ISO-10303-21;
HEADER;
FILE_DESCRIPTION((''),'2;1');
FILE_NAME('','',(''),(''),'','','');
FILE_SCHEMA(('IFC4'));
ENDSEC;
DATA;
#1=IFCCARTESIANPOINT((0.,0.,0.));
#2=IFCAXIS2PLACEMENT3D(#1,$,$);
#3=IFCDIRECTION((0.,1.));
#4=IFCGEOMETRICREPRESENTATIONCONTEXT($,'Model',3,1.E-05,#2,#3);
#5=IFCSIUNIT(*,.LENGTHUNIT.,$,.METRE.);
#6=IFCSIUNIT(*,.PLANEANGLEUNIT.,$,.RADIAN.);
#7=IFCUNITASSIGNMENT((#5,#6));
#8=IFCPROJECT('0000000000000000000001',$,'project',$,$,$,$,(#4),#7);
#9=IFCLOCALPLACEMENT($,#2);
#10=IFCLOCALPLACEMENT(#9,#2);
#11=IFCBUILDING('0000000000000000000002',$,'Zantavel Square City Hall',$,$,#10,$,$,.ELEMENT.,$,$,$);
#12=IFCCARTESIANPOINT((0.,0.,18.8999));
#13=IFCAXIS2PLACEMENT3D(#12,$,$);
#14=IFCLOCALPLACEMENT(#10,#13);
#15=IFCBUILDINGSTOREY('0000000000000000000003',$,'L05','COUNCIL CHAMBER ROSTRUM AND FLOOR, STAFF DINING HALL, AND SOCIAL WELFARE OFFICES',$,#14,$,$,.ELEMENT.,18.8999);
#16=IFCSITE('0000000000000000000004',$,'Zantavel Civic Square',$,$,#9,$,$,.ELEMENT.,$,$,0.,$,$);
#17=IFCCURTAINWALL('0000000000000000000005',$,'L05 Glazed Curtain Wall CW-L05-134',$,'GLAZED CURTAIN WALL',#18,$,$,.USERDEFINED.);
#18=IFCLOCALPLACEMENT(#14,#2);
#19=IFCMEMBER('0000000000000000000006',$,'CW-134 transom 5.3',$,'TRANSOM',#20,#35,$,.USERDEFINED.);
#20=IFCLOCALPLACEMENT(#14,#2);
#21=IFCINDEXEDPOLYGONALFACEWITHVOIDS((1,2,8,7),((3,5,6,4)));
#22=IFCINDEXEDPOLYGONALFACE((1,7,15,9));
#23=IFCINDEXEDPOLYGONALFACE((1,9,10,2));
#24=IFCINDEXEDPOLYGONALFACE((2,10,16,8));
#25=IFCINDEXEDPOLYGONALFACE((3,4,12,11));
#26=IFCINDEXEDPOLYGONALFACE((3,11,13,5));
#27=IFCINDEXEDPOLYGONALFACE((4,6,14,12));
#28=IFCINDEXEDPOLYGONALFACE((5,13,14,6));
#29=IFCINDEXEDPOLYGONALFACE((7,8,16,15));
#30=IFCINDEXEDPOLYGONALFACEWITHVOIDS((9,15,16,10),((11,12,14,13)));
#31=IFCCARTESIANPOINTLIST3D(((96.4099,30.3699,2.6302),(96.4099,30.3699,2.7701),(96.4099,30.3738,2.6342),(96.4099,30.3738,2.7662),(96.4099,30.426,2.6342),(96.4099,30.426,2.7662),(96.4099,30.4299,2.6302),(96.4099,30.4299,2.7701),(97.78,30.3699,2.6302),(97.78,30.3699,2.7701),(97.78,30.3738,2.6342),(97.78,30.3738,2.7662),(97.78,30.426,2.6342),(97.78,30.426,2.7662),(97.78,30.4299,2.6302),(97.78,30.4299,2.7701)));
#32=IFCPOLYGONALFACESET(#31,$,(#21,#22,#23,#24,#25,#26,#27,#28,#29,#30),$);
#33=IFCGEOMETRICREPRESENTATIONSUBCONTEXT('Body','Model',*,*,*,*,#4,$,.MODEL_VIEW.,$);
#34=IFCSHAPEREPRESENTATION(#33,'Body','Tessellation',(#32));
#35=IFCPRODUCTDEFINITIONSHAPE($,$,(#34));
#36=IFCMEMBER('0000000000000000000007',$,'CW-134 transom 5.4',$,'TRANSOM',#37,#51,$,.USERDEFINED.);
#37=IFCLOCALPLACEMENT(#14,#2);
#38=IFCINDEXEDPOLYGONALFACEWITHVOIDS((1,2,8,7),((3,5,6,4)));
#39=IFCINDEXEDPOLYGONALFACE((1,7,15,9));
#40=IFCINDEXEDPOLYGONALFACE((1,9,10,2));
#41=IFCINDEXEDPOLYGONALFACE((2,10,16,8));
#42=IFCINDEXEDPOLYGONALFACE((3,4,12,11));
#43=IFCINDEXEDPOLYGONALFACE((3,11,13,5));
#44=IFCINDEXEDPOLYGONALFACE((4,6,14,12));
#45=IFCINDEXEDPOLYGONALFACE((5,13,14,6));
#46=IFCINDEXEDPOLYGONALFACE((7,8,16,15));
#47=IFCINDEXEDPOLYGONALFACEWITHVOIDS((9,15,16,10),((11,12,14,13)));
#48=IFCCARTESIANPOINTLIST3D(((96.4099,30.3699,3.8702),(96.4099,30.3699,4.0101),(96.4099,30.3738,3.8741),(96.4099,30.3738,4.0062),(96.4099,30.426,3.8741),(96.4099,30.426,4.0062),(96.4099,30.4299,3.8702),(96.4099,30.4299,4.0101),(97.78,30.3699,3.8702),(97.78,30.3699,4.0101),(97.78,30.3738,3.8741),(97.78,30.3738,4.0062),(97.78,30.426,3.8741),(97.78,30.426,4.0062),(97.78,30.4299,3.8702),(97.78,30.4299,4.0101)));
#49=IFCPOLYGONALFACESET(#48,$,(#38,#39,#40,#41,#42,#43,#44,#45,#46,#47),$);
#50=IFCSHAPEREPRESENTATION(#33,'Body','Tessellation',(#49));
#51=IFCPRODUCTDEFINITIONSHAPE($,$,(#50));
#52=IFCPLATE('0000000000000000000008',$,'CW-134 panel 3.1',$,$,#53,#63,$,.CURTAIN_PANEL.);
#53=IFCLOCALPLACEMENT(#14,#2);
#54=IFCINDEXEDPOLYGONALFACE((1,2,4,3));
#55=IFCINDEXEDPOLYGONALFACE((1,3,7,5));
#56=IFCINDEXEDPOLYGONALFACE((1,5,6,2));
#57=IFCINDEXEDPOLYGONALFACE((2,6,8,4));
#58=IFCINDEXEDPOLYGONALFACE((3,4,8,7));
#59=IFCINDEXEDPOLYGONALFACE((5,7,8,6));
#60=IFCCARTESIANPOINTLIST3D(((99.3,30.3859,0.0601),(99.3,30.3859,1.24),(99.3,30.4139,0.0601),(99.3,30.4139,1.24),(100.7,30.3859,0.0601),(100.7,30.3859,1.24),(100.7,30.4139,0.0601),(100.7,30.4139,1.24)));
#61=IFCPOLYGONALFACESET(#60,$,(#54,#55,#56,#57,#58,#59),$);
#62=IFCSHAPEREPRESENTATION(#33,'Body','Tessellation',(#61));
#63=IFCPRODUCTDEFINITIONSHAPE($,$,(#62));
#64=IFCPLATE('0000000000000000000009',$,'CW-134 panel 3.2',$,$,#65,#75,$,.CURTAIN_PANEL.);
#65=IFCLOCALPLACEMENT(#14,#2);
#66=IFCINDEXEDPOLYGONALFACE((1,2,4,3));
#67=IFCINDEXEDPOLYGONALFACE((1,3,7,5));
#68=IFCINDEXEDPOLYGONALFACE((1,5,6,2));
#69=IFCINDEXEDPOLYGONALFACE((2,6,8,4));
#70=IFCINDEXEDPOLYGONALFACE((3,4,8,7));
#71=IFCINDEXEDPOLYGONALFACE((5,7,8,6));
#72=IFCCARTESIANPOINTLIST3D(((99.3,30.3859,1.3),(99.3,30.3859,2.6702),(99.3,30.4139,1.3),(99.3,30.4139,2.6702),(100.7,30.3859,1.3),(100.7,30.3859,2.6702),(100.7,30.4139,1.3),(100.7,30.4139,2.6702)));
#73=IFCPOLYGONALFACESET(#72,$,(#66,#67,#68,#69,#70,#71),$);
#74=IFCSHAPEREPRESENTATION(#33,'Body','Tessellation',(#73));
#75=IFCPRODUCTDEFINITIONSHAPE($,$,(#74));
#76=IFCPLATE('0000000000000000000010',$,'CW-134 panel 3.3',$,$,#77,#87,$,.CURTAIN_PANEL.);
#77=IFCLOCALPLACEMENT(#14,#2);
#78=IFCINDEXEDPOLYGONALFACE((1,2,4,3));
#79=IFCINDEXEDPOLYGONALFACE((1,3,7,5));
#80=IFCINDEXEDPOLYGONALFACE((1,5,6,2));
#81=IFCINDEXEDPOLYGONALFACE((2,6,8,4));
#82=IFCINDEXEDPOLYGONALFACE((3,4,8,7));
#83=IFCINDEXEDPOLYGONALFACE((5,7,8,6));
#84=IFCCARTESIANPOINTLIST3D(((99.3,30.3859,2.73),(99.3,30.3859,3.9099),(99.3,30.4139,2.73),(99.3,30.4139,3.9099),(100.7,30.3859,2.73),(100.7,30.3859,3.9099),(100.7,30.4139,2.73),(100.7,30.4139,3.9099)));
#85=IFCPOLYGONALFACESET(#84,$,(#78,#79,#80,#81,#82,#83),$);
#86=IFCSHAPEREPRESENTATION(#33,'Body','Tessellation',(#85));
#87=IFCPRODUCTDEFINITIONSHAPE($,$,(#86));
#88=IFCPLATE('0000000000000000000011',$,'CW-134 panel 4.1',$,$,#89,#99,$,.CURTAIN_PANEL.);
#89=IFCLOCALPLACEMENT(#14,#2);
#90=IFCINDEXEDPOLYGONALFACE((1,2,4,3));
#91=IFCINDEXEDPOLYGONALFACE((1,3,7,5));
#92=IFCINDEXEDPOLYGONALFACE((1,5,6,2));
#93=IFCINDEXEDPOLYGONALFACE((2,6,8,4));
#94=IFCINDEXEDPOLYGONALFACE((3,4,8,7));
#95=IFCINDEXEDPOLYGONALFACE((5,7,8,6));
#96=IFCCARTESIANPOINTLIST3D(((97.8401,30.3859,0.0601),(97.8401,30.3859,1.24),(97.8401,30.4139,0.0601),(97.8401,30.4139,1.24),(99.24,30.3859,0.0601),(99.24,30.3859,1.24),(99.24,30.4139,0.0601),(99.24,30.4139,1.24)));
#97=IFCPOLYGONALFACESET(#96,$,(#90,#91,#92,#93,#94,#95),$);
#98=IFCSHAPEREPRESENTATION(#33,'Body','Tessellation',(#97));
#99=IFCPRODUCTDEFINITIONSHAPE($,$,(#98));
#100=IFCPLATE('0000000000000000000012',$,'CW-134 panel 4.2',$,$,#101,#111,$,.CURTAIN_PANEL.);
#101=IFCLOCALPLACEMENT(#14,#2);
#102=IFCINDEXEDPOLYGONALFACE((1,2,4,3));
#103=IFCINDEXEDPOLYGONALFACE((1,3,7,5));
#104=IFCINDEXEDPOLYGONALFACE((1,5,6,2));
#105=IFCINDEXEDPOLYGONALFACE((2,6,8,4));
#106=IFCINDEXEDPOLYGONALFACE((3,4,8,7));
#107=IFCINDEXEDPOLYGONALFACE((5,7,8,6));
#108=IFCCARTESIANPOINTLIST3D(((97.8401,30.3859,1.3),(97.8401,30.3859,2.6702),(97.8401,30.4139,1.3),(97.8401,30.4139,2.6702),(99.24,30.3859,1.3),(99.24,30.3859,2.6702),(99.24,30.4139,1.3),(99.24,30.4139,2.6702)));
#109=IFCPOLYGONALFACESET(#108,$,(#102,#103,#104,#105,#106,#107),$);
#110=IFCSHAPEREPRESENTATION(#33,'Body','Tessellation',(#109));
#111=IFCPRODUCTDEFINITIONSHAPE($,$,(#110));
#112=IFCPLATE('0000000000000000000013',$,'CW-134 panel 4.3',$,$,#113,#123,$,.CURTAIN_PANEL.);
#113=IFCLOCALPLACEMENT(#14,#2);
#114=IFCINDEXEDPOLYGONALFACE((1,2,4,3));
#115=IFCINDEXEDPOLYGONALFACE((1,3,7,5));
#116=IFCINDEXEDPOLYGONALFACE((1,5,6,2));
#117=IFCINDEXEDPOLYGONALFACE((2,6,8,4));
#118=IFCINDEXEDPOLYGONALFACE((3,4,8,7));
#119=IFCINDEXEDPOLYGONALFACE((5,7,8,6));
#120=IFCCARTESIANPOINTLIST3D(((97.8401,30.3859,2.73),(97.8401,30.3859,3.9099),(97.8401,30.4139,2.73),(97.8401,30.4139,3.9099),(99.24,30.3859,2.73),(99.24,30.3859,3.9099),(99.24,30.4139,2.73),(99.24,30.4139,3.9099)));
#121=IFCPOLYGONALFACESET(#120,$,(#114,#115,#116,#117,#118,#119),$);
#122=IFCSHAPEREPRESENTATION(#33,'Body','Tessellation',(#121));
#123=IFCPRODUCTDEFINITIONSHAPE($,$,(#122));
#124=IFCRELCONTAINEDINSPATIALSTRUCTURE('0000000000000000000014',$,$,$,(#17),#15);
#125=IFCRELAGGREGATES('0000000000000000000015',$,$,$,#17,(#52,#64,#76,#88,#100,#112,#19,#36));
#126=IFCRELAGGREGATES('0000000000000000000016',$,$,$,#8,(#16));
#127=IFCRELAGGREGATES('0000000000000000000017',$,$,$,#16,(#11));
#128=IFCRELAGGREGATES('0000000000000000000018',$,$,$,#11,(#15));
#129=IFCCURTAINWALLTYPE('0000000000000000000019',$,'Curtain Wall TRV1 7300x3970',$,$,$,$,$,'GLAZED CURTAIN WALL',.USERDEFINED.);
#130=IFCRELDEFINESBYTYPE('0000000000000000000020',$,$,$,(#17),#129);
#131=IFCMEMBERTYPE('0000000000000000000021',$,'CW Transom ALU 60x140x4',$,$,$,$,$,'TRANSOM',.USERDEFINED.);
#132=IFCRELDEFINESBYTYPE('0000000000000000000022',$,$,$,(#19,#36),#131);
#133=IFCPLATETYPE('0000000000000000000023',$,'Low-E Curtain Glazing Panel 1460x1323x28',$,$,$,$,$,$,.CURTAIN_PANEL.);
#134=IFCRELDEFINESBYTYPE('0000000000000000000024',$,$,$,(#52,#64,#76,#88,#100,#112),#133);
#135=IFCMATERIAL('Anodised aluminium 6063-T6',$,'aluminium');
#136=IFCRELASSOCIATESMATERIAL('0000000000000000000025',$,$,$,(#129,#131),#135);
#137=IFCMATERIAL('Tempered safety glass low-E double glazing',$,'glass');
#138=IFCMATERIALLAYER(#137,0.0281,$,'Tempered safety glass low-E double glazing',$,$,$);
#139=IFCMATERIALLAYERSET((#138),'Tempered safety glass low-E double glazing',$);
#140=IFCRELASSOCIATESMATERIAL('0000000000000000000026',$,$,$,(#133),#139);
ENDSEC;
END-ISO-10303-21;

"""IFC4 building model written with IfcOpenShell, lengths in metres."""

from ifc_helpers import new_model, si_unit, direction, frame, origin, origin_2d, place, context, subcontext, project, spatial, rectangle, hollow_rectangle, extrude, material, layer, layer_set, material_profile, profile_set, type_object, element, aggregate, save


model = new_model("IFC4")

# Units and contexts
model_context = context("Model", 3, precision=1e-05, world=origin(), true_north=direction((0.0, 1.0)))
body_context = subcontext(model_context, "Body", "Model", "MODEL_VIEW")
ifc_project = project(units=[si_unit("LENGTHUNIT", "METRE"), si_unit("PLANEANGLEUNIT", "RADIAN")], contexts=[model_context])

# Site, building, storey
site_placement = place(None, origin())
site = spatial("IfcSite", under=ifc_project, at=site_placement, Name="Zantavel Civic Square", CompositionType="ELEMENT", RefElevation=0.0)
building_placement = place(site_placement, origin())
building = spatial("IfcBuilding", under=site, at=building_placement, Name="Zantavel Square City Hall", CompositionType="ELEMENT")
storey_placement = place(building_placement, frame((0.0, 0.0, 18.8999)))
storey = spatial("IfcBuildingStorey", under=building, at=storey_placement, Name="L05", Description="COUNCIL CHAMBER ROSTRUM AND FLOOR, STAFF DINING HALL, AND SOCIAL WELFARE OFFICES", CompositionType="ELEMENT", Elevation=18.8999)

# Curtain wall, members, plates
ifc_material_1 = material(Name="Anodised aluminium 6063-T6", Category="aluminium")
curtain_wall_type = type_object("IfcCurtainWallType", Name="Curtain Wall TRV1 7300x3970", ElementType="GLAZED CURTAIN WALL", PredefinedType="USERDEFINED", material=ifc_material_1)
curtain_wall_placement = place(storey_placement, origin())
curtain_wall = element("IfcCurtainWall", 1, at=curtain_wall_placement, inside=storey, type_object=curtain_wall_type, Name="L05 Glazed Curtain Wall CW-L05-134", ObjectType="GLAZED CURTAIN WALL", PredefinedType="USERDEFINED")
ifc_material_profile_1 = material_profile(ifc_material_1, hollow_rectangle(XDim=0.0601, YDim=0.1399, WallThickness=0.0039, at=origin_2d()), Name="ALU 60x140x4")
ifc_profile_set_1 = profile_set([ifc_material_profile_1], Name="Anodised aluminium 6063-T6")
member_type_1 = type_object("IfcMemberType", Name="CW Transom ALU 60x140x4", ElementType="TRANSOM", PredefinedType="USERDEFINED", material=ifc_profile_set_1)
member_1_placement = place(storey_placement, frame((97.78, 30.3999, 2.7002), z_axis=(-1.0, 0.0, 0.0), x_axis=(0.0, -1.0, 0.0)))
member_1 = element("IfcMember", 2, at=member_1_placement, type_object=member_type_1, Name="CW-134 transom 5.3", ObjectType="TRANSOM", PredefinedType="USERDEFINED", context=body_context, shape_type="SweptSolid", body=[
    extrude(hollow_rectangle(XDim=0.0601, YDim=0.1399, WallThickness=0.0039, at=origin_2d()), origin(), (0.0, 0.0, 1.0), 1.3701),
])
member_2_placement = place(storey_placement, frame((97.78, 30.3999, 3.9402), z_axis=(-1.0, 0.0, 0.0), x_axis=(0.0, -1.0, 0.0)))
member_2 = element("IfcMember", 3, at=member_2_placement, type_object=member_type_1, Name="CW-134 transom 5.4", ObjectType="TRANSOM", PredefinedType="USERDEFINED", context=body_context, shape_type="SweptSolid", body=[
    extrude(hollow_rectangle(XDim=0.0601, YDim=0.1399, WallThickness=0.0039, at=origin_2d()), origin(), (0.0, 0.0, 1.0), 1.3701),
])
ifc_material_2 = material(Name="Tempered safety glass low-E double glazing", Category="glass")
ifc_layer = layer(ifc_material_2, 0.0281, Name="Tempered safety glass low-E double glazing")
ifc_layer_set = layer_set([ifc_layer], Name="Tempered safety glass low-E double glazing")
plate_type = type_object("IfcPlateType", Name="Low-E Curtain Glazing Panel 1460x1323x28", PredefinedType="CURTAIN_PANEL", material=ifc_layer_set)
plate_1_placement = place(storey_placement, frame((100.0, 30.3999, 0.0601), z_axis=(0.0, 0.0, 1.0), x_axis=(-1.0, 0.0, 0.0)))
plate_1 = element("IfcPlate", 4, at=plate_1_placement, type_object=plate_type, Name="CW-134 panel 3.1", PredefinedType="CURTAIN_PANEL", context=body_context, shape_type="SweptSolid", body=[
    extrude(rectangle(XDim=1.3999, YDim=0.0281, at=origin_2d()), origin(), (0.0, 0.0, 1.0), 1.1799),
])
plate_2_placement = place(storey_placement, frame((100.0, 30.3999, 1.3), z_axis=(0.0, 0.0, 1.0), x_axis=(-1.0, 0.0, 0.0)))
plate_2 = element("IfcPlate", 5, at=plate_2_placement, type_object=plate_type, Name="CW-134 panel 3.2", PredefinedType="CURTAIN_PANEL", context=body_context, shape_type="SweptSolid", body=[
    extrude(rectangle(XDim=1.3999, YDim=0.0281, at=origin_2d()), origin(), (0.0, 0.0, 1.0), 1.3701),
])
plate_3_placement = place(storey_placement, frame((100.0, 30.3999, 2.73), z_axis=(0.0, 0.0, 1.0), x_axis=(-1.0, 0.0, 0.0)))
plate_3 = element("IfcPlate", 6, at=plate_3_placement, type_object=plate_type, Name="CW-134 panel 3.3", PredefinedType="CURTAIN_PANEL", context=body_context, shape_type="SweptSolid", body=[
    extrude(rectangle(XDim=1.3999, YDim=0.0281, at=origin_2d()), origin(), (0.0, 0.0, 1.0), 1.1799),
])
plate_4_placement = place(storey_placement, frame((98.54, 30.3999, 0.0601), z_axis=(0.0, 0.0, 1.0), x_axis=(-1.0, 0.0, 0.0)))
plate_4 = element("IfcPlate", 7, at=plate_4_placement, type_object=plate_type, Name="CW-134 panel 4.1", PredefinedType="CURTAIN_PANEL", context=body_context, shape_type="SweptSolid", body=[
    extrude(rectangle(XDim=1.3999, YDim=0.0281, at=origin_2d()), origin(), (0.0, 0.0, 1.0), 1.1799),
])
plate_5_placement = place(storey_placement, frame((98.54, 30.3999, 1.3), z_axis=(0.0, 0.0, 1.0), x_axis=(-1.0, 0.0, 0.0)))
plate_5 = element("IfcPlate", 8, at=plate_5_placement, type_object=plate_type, Name="CW-134 panel 4.2", PredefinedType="CURTAIN_PANEL", context=body_context, shape_type="SweptSolid", body=[
    extrude(rectangle(XDim=1.3999, YDim=0.0281, at=origin_2d()), origin(), (0.0, 0.0, 1.0), 1.3701),
])
plate_6_placement = place(storey_placement, frame((98.54, 30.3999, 2.73), z_axis=(0.0, 0.0, 1.0), x_axis=(-1.0, 0.0, 0.0)))
plate_6 = element("IfcPlate", 9, at=plate_6_placement, type_object=plate_type, Name="CW-134 panel 4.3", PredefinedType="CURTAIN_PANEL", context=body_context, shape_type="SweptSolid", body=[
    extrude(rectangle(XDim=1.3999, YDim=0.0281, at=origin_2d()), origin(), (0.0, 0.0, 1.0), 1.1799),
])
aggregate(curtain_wall, [plate_1, plate_2, plate_3, plate_4, plate_5, plate_6, member_1, member_2])

save(model, "model.ifc")
